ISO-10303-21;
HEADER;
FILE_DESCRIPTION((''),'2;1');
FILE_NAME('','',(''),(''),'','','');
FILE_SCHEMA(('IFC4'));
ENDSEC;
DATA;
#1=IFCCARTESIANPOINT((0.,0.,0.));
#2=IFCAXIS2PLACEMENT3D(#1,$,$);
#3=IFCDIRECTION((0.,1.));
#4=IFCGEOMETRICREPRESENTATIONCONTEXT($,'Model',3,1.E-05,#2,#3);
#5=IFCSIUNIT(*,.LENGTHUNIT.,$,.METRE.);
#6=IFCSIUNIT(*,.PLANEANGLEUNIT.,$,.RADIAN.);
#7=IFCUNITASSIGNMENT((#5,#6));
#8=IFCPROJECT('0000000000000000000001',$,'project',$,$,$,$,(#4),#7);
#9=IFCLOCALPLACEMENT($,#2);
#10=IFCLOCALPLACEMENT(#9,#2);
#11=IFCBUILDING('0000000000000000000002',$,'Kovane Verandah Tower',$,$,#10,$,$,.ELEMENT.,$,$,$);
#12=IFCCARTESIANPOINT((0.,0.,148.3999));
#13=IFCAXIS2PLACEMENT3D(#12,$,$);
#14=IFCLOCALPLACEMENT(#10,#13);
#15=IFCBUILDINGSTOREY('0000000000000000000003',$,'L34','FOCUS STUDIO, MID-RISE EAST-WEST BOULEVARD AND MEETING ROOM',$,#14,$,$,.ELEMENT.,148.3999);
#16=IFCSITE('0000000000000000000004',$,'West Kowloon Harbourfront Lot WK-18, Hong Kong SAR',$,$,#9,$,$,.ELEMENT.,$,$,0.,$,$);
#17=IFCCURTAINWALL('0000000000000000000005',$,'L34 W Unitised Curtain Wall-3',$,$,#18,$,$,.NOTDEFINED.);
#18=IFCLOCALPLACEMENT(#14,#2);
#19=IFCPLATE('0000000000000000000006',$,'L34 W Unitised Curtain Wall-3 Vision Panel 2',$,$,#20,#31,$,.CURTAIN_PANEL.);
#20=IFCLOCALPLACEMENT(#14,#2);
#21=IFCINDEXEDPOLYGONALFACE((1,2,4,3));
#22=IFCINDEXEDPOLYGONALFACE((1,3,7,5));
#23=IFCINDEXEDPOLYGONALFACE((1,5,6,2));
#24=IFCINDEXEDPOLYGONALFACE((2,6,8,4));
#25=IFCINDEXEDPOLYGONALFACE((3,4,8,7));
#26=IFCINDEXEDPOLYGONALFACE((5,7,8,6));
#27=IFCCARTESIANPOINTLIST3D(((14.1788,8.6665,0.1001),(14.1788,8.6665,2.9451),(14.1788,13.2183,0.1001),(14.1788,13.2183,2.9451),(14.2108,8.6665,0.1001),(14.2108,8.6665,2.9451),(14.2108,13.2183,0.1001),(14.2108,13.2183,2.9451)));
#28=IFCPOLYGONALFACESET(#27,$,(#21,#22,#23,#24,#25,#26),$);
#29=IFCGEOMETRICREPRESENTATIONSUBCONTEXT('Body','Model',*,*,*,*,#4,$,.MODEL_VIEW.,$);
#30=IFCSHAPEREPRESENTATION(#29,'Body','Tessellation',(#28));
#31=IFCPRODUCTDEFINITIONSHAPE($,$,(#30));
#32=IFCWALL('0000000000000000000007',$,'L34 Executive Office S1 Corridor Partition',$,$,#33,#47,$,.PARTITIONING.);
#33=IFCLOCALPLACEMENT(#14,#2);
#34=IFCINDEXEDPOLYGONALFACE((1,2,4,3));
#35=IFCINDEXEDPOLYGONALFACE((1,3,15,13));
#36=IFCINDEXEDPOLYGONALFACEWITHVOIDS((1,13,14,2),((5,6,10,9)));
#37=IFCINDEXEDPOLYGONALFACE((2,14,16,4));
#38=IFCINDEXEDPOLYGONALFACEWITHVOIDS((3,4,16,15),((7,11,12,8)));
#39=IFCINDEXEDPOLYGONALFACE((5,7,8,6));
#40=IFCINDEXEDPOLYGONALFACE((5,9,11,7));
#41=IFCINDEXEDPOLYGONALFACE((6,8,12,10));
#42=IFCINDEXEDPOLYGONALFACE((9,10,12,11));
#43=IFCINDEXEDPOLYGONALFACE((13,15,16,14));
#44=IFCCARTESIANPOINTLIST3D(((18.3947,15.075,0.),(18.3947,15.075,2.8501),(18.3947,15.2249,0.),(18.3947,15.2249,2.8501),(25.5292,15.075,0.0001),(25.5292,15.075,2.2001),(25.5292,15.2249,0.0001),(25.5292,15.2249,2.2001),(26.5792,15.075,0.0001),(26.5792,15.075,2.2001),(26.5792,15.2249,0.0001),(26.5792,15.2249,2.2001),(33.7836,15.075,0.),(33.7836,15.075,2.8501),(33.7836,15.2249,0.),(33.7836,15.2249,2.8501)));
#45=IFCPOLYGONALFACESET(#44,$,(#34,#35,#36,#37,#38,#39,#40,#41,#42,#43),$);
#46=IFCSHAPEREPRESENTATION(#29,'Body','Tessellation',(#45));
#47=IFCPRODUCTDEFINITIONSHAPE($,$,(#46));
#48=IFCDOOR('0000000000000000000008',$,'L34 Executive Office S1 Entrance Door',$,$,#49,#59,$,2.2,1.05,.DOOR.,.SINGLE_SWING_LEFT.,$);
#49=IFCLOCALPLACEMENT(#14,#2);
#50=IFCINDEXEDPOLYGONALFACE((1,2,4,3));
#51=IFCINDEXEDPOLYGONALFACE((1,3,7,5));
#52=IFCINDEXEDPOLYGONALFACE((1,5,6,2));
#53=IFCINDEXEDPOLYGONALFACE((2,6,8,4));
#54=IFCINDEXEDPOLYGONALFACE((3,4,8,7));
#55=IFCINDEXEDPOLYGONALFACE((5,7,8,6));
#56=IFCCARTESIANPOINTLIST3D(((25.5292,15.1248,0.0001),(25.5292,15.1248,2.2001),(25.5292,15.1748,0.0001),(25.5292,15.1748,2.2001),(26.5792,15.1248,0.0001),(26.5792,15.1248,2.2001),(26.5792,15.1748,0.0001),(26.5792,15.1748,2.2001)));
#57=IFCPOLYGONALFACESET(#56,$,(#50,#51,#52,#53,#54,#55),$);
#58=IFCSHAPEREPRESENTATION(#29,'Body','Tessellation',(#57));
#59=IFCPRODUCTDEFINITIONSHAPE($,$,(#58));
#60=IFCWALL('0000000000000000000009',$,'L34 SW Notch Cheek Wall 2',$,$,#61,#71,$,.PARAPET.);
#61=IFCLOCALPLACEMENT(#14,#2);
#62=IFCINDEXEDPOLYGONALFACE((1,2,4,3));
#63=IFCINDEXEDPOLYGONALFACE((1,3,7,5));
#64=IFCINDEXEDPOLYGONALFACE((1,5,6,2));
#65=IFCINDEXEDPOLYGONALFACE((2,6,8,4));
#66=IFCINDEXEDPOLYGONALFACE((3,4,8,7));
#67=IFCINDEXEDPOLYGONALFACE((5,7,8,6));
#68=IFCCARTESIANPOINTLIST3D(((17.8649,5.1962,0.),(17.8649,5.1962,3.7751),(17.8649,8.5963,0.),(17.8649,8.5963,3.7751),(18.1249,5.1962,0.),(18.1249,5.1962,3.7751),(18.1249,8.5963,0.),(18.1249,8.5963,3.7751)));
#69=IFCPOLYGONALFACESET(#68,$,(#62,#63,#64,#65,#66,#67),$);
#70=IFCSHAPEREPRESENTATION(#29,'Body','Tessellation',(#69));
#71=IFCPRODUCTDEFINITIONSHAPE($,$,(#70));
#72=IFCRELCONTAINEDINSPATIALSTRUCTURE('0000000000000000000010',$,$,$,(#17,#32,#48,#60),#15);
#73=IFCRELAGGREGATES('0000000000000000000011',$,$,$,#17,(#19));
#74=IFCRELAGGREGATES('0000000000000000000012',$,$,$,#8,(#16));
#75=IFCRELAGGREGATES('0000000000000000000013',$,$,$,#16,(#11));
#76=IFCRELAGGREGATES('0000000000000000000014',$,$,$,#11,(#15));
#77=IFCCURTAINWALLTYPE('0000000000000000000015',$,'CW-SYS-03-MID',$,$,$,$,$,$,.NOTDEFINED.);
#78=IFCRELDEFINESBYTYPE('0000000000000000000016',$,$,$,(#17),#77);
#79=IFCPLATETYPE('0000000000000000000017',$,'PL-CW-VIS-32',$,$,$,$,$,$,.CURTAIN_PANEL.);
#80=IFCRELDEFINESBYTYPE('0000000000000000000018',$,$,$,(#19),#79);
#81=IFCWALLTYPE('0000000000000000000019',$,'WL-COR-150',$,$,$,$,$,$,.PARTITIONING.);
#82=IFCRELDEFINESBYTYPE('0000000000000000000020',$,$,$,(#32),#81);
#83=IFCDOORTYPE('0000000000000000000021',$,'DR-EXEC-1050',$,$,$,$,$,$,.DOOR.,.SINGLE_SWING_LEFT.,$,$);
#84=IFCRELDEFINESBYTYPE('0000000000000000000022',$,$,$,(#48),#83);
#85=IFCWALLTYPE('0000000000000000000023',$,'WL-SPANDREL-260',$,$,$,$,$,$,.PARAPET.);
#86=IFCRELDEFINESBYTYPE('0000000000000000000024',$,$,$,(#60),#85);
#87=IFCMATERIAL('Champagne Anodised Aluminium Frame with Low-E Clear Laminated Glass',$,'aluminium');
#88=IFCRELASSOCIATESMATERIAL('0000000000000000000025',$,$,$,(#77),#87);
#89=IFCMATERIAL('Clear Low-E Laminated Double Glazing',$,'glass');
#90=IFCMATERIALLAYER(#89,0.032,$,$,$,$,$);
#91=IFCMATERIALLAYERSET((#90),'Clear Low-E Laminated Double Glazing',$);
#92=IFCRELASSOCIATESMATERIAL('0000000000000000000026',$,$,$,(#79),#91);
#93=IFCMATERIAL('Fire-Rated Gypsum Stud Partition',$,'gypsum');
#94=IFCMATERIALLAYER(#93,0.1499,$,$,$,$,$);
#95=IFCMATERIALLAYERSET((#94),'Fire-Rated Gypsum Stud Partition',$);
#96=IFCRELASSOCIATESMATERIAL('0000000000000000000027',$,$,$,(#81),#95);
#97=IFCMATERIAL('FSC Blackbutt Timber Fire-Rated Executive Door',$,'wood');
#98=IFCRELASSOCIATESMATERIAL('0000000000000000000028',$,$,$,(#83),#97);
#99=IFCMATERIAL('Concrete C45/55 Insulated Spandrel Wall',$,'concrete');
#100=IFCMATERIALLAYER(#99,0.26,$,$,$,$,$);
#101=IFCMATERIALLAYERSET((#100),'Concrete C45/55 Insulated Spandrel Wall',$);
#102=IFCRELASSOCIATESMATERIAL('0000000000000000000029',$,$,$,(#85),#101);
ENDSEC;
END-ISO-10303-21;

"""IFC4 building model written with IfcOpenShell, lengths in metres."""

from ifc_helpers import new_model, si_unit, direction, frame, frame_2d, origin, origin_2d, place, context, subcontext, project, spatial, rectangle, extrude, material, layer, layer_set, type_object, element, fill, aggregate, save


model = new_model("IFC4")

# Units and contexts
model_context = context("Model", 3, precision=1e-05, world=origin(), true_north=direction((0.0, 1.0)))
body_context = subcontext(model_context, "Body", "Model", "MODEL_VIEW")
ifc_project = project(units=[si_unit("LENGTHUNIT", "METRE"), si_unit("PLANEANGLEUNIT", "RADIAN")], contexts=[model_context])

# Site, building, storey
site_placement = place(None, origin())
site = spatial("IfcSite", under=ifc_project, at=site_placement, Name="West Kowloon Harbourfront Lot WK-18, Hong Kong SAR", CompositionType="ELEMENT", RefElevation=0.0)
building_placement = place(site_placement, origin())
building = spatial("IfcBuilding", under=site, at=building_placement, Name="Kovane Verandah Tower", CompositionType="ELEMENT")
storey_placement = place(building_placement, frame((0.0, 0.0, 148.3999)))
storey = spatial("IfcBuildingStorey", under=building, at=storey_placement, Name="L34", Description="FOCUS STUDIO, MID-RISE EAST-WEST BOULEVARD AND MEETING ROOM", CompositionType="ELEMENT", Elevation=148.3999)

# Shared definitions
ifc_material_1 = material(Name="Champagne Anodised Aluminium Frame with Low-E Clear Laminated Glass", Category="aluminium")
curtain_wall_type = type_object("IfcCurtainWallType", Name="CW-SYS-03-MID", PredefinedType="NOTDEFINED", material=ifc_material_1)

# Curtain wall, plate
curtain_wall_1_placement = place(storey_placement, origin())
curtain_wall_1 = element("IfcCurtainWall", 1, at=curtain_wall_1_placement, inside=storey, type_object=curtain_wall_type, Name="L34 W Unitised Curtain Wall-3", PredefinedType="NOTDEFINED")
ifc_material_2 = material(Name="Clear Low-E Laminated Double Glazing", Category="glass")
ifc_layer_1 = layer(ifc_material_2, 0.032)
ifc_layer_set_1 = layer_set([ifc_layer_1], Name="Clear Low-E Laminated Double Glazing")
plate_type_1 = type_object("IfcPlateType", Name="PL-CW-VIS-32", PredefinedType="CURTAIN_PANEL", material=ifc_layer_set_1)
plate_1_placement = place(storey_placement, frame((14.1948, 10.9424, 0.1001), z_axis=(0.0, 0.0, 1.0), x_axis=(0.0, -1.0, 0.0)))
plate_1 = element("IfcPlate", 2, at=plate_1_placement, type_object=plate_type_1, Name="L34 W Unitised Curtain Wall-3 Vision Panel 2", PredefinedType="CURTAIN_PANEL", context=body_context, shape_type="SweptSolid", body=[
    extrude(rectangle(XDim=4.5518, YDim=0.032, at=origin_2d()), origin(), (0.0, 0.0, 1.0), 2.845),
])
aggregate(curtain_wall_1, [plate_1])

# Wall, opening, door
ifc_material_3 = material(Name="Fire-Rated Gypsum Stud Partition", Category="gypsum")
ifc_layer_2 = layer(ifc_material_3, 0.1499)
ifc_layer_set_2 = layer_set([ifc_layer_2], Name="Fire-Rated Gypsum Stud Partition")
wall_type_1 = type_object("IfcWallType", Name="WL-COR-150", PredefinedType="PARTITIONING", material=ifc_layer_set_2)
wall_1_placement = place(storey_placement, frame((18.3948, 15.1499, 0.0), z_axis=(0.0, 0.0, 1.0), x_axis=(1.0, 0.0, 0.0)))
wall_1 = element("IfcWall", 3, at=wall_1_placement, inside=storey, type_object=wall_type_1, Name="L34 Executive Office S1 Corridor Partition", PredefinedType="PARTITIONING", context=body_context, shape_type="SweptSolid", body=[
    extrude(rectangle(XDim=15.3889, YDim=0.1499, at=frame_2d((7.6943, 0.0))), origin(), (0.0, 0.0, 1.0), 2.8501),
])
opening_1_placement = place(wall_1_placement, frame((7.1345, 0.0, 0.0)))
opening_1 = element("IfcOpeningElement", 4, at=opening_1_placement, cuts=wall_1, PredefinedType="OPENING", context=body_context, shape_type="SweptSolid", body=[
    extrude(rectangle(XDim=1.05, YDim=2.2, at=frame_2d((0.5249, 1.1001))), frame((0.0, 0.075, 0.0), z_axis=(0.0, -1.0, 0.0), x_axis=(1.0, 0.0, 0.0)), (0.0, 0.0, 1.0), 0.1499),
])
ifc_material_4 = material(Name="FSC Blackbutt Timber Fire-Rated Executive Door", Category="wood")
door_type_1 = type_object("IfcDoorType", Name="DR-EXEC-1050", OperationType="SINGLE_SWING_LEFT", PredefinedType="DOOR", material=ifc_material_4)
door_1_placement = place(opening_1_placement, origin())
door_1 = element("IfcDoor", 5, at=door_1_placement, inside=storey, type_object=door_type_1, Name="L34 Executive Office S1 Entrance Door", OperationType="SINGLE_SWING_LEFT", OverallHeight=2.2, OverallWidth=1.05, PredefinedType="DOOR", context=body_context, shape_type="SweptSolid", body=[
    extrude(rectangle(XDim=1.05, YDim=2.2, at=frame_2d((0.5249, 1.1001))), frame((0.0, 0.0249, 0.0), z_axis=(0.0, -1.0, 0.0), x_axis=(1.0, 0.0, 0.0)), (0.0, 0.0, 1.0), 0.05),
])
fill(opening_1, door_1)

# Shared definitions
ifc_material_5 = material(Name="Concrete C45/55 Insulated Spandrel Wall", Category="concrete")
ifc_layer_3 = layer(ifc_material_5, 0.26)
ifc_layer_set_3 = layer_set([ifc_layer_3], Name="Concrete C45/55 Insulated Spandrel Wall")
wall_type_2 = type_object("IfcWallType", Name="WL-SPANDREL-260", PredefinedType="PARAPET", material=ifc_layer_set_3)

# Wall
wall_2_placement = place(storey_placement, frame((17.9949, 8.5964, 0.0), z_axis=(0.0, 0.0, 1.0), x_axis=(0.0, -1.0, 0.0)))
element("IfcWall", 6, at=wall_2_placement, inside=storey, type_object=wall_type_2, Name="L34 SW Notch Cheek Wall 2", PredefinedType="PARAPET", context=body_context, shape_type="SweptSolid", body=[
    extrude(rectangle(XDim=3.4001, YDim=0.26, at=frame_2d((1.7002, 0.0))), origin(), (0.0, 0.0, 1.0), 3.7751),
])

save(model, "model.ifc")
